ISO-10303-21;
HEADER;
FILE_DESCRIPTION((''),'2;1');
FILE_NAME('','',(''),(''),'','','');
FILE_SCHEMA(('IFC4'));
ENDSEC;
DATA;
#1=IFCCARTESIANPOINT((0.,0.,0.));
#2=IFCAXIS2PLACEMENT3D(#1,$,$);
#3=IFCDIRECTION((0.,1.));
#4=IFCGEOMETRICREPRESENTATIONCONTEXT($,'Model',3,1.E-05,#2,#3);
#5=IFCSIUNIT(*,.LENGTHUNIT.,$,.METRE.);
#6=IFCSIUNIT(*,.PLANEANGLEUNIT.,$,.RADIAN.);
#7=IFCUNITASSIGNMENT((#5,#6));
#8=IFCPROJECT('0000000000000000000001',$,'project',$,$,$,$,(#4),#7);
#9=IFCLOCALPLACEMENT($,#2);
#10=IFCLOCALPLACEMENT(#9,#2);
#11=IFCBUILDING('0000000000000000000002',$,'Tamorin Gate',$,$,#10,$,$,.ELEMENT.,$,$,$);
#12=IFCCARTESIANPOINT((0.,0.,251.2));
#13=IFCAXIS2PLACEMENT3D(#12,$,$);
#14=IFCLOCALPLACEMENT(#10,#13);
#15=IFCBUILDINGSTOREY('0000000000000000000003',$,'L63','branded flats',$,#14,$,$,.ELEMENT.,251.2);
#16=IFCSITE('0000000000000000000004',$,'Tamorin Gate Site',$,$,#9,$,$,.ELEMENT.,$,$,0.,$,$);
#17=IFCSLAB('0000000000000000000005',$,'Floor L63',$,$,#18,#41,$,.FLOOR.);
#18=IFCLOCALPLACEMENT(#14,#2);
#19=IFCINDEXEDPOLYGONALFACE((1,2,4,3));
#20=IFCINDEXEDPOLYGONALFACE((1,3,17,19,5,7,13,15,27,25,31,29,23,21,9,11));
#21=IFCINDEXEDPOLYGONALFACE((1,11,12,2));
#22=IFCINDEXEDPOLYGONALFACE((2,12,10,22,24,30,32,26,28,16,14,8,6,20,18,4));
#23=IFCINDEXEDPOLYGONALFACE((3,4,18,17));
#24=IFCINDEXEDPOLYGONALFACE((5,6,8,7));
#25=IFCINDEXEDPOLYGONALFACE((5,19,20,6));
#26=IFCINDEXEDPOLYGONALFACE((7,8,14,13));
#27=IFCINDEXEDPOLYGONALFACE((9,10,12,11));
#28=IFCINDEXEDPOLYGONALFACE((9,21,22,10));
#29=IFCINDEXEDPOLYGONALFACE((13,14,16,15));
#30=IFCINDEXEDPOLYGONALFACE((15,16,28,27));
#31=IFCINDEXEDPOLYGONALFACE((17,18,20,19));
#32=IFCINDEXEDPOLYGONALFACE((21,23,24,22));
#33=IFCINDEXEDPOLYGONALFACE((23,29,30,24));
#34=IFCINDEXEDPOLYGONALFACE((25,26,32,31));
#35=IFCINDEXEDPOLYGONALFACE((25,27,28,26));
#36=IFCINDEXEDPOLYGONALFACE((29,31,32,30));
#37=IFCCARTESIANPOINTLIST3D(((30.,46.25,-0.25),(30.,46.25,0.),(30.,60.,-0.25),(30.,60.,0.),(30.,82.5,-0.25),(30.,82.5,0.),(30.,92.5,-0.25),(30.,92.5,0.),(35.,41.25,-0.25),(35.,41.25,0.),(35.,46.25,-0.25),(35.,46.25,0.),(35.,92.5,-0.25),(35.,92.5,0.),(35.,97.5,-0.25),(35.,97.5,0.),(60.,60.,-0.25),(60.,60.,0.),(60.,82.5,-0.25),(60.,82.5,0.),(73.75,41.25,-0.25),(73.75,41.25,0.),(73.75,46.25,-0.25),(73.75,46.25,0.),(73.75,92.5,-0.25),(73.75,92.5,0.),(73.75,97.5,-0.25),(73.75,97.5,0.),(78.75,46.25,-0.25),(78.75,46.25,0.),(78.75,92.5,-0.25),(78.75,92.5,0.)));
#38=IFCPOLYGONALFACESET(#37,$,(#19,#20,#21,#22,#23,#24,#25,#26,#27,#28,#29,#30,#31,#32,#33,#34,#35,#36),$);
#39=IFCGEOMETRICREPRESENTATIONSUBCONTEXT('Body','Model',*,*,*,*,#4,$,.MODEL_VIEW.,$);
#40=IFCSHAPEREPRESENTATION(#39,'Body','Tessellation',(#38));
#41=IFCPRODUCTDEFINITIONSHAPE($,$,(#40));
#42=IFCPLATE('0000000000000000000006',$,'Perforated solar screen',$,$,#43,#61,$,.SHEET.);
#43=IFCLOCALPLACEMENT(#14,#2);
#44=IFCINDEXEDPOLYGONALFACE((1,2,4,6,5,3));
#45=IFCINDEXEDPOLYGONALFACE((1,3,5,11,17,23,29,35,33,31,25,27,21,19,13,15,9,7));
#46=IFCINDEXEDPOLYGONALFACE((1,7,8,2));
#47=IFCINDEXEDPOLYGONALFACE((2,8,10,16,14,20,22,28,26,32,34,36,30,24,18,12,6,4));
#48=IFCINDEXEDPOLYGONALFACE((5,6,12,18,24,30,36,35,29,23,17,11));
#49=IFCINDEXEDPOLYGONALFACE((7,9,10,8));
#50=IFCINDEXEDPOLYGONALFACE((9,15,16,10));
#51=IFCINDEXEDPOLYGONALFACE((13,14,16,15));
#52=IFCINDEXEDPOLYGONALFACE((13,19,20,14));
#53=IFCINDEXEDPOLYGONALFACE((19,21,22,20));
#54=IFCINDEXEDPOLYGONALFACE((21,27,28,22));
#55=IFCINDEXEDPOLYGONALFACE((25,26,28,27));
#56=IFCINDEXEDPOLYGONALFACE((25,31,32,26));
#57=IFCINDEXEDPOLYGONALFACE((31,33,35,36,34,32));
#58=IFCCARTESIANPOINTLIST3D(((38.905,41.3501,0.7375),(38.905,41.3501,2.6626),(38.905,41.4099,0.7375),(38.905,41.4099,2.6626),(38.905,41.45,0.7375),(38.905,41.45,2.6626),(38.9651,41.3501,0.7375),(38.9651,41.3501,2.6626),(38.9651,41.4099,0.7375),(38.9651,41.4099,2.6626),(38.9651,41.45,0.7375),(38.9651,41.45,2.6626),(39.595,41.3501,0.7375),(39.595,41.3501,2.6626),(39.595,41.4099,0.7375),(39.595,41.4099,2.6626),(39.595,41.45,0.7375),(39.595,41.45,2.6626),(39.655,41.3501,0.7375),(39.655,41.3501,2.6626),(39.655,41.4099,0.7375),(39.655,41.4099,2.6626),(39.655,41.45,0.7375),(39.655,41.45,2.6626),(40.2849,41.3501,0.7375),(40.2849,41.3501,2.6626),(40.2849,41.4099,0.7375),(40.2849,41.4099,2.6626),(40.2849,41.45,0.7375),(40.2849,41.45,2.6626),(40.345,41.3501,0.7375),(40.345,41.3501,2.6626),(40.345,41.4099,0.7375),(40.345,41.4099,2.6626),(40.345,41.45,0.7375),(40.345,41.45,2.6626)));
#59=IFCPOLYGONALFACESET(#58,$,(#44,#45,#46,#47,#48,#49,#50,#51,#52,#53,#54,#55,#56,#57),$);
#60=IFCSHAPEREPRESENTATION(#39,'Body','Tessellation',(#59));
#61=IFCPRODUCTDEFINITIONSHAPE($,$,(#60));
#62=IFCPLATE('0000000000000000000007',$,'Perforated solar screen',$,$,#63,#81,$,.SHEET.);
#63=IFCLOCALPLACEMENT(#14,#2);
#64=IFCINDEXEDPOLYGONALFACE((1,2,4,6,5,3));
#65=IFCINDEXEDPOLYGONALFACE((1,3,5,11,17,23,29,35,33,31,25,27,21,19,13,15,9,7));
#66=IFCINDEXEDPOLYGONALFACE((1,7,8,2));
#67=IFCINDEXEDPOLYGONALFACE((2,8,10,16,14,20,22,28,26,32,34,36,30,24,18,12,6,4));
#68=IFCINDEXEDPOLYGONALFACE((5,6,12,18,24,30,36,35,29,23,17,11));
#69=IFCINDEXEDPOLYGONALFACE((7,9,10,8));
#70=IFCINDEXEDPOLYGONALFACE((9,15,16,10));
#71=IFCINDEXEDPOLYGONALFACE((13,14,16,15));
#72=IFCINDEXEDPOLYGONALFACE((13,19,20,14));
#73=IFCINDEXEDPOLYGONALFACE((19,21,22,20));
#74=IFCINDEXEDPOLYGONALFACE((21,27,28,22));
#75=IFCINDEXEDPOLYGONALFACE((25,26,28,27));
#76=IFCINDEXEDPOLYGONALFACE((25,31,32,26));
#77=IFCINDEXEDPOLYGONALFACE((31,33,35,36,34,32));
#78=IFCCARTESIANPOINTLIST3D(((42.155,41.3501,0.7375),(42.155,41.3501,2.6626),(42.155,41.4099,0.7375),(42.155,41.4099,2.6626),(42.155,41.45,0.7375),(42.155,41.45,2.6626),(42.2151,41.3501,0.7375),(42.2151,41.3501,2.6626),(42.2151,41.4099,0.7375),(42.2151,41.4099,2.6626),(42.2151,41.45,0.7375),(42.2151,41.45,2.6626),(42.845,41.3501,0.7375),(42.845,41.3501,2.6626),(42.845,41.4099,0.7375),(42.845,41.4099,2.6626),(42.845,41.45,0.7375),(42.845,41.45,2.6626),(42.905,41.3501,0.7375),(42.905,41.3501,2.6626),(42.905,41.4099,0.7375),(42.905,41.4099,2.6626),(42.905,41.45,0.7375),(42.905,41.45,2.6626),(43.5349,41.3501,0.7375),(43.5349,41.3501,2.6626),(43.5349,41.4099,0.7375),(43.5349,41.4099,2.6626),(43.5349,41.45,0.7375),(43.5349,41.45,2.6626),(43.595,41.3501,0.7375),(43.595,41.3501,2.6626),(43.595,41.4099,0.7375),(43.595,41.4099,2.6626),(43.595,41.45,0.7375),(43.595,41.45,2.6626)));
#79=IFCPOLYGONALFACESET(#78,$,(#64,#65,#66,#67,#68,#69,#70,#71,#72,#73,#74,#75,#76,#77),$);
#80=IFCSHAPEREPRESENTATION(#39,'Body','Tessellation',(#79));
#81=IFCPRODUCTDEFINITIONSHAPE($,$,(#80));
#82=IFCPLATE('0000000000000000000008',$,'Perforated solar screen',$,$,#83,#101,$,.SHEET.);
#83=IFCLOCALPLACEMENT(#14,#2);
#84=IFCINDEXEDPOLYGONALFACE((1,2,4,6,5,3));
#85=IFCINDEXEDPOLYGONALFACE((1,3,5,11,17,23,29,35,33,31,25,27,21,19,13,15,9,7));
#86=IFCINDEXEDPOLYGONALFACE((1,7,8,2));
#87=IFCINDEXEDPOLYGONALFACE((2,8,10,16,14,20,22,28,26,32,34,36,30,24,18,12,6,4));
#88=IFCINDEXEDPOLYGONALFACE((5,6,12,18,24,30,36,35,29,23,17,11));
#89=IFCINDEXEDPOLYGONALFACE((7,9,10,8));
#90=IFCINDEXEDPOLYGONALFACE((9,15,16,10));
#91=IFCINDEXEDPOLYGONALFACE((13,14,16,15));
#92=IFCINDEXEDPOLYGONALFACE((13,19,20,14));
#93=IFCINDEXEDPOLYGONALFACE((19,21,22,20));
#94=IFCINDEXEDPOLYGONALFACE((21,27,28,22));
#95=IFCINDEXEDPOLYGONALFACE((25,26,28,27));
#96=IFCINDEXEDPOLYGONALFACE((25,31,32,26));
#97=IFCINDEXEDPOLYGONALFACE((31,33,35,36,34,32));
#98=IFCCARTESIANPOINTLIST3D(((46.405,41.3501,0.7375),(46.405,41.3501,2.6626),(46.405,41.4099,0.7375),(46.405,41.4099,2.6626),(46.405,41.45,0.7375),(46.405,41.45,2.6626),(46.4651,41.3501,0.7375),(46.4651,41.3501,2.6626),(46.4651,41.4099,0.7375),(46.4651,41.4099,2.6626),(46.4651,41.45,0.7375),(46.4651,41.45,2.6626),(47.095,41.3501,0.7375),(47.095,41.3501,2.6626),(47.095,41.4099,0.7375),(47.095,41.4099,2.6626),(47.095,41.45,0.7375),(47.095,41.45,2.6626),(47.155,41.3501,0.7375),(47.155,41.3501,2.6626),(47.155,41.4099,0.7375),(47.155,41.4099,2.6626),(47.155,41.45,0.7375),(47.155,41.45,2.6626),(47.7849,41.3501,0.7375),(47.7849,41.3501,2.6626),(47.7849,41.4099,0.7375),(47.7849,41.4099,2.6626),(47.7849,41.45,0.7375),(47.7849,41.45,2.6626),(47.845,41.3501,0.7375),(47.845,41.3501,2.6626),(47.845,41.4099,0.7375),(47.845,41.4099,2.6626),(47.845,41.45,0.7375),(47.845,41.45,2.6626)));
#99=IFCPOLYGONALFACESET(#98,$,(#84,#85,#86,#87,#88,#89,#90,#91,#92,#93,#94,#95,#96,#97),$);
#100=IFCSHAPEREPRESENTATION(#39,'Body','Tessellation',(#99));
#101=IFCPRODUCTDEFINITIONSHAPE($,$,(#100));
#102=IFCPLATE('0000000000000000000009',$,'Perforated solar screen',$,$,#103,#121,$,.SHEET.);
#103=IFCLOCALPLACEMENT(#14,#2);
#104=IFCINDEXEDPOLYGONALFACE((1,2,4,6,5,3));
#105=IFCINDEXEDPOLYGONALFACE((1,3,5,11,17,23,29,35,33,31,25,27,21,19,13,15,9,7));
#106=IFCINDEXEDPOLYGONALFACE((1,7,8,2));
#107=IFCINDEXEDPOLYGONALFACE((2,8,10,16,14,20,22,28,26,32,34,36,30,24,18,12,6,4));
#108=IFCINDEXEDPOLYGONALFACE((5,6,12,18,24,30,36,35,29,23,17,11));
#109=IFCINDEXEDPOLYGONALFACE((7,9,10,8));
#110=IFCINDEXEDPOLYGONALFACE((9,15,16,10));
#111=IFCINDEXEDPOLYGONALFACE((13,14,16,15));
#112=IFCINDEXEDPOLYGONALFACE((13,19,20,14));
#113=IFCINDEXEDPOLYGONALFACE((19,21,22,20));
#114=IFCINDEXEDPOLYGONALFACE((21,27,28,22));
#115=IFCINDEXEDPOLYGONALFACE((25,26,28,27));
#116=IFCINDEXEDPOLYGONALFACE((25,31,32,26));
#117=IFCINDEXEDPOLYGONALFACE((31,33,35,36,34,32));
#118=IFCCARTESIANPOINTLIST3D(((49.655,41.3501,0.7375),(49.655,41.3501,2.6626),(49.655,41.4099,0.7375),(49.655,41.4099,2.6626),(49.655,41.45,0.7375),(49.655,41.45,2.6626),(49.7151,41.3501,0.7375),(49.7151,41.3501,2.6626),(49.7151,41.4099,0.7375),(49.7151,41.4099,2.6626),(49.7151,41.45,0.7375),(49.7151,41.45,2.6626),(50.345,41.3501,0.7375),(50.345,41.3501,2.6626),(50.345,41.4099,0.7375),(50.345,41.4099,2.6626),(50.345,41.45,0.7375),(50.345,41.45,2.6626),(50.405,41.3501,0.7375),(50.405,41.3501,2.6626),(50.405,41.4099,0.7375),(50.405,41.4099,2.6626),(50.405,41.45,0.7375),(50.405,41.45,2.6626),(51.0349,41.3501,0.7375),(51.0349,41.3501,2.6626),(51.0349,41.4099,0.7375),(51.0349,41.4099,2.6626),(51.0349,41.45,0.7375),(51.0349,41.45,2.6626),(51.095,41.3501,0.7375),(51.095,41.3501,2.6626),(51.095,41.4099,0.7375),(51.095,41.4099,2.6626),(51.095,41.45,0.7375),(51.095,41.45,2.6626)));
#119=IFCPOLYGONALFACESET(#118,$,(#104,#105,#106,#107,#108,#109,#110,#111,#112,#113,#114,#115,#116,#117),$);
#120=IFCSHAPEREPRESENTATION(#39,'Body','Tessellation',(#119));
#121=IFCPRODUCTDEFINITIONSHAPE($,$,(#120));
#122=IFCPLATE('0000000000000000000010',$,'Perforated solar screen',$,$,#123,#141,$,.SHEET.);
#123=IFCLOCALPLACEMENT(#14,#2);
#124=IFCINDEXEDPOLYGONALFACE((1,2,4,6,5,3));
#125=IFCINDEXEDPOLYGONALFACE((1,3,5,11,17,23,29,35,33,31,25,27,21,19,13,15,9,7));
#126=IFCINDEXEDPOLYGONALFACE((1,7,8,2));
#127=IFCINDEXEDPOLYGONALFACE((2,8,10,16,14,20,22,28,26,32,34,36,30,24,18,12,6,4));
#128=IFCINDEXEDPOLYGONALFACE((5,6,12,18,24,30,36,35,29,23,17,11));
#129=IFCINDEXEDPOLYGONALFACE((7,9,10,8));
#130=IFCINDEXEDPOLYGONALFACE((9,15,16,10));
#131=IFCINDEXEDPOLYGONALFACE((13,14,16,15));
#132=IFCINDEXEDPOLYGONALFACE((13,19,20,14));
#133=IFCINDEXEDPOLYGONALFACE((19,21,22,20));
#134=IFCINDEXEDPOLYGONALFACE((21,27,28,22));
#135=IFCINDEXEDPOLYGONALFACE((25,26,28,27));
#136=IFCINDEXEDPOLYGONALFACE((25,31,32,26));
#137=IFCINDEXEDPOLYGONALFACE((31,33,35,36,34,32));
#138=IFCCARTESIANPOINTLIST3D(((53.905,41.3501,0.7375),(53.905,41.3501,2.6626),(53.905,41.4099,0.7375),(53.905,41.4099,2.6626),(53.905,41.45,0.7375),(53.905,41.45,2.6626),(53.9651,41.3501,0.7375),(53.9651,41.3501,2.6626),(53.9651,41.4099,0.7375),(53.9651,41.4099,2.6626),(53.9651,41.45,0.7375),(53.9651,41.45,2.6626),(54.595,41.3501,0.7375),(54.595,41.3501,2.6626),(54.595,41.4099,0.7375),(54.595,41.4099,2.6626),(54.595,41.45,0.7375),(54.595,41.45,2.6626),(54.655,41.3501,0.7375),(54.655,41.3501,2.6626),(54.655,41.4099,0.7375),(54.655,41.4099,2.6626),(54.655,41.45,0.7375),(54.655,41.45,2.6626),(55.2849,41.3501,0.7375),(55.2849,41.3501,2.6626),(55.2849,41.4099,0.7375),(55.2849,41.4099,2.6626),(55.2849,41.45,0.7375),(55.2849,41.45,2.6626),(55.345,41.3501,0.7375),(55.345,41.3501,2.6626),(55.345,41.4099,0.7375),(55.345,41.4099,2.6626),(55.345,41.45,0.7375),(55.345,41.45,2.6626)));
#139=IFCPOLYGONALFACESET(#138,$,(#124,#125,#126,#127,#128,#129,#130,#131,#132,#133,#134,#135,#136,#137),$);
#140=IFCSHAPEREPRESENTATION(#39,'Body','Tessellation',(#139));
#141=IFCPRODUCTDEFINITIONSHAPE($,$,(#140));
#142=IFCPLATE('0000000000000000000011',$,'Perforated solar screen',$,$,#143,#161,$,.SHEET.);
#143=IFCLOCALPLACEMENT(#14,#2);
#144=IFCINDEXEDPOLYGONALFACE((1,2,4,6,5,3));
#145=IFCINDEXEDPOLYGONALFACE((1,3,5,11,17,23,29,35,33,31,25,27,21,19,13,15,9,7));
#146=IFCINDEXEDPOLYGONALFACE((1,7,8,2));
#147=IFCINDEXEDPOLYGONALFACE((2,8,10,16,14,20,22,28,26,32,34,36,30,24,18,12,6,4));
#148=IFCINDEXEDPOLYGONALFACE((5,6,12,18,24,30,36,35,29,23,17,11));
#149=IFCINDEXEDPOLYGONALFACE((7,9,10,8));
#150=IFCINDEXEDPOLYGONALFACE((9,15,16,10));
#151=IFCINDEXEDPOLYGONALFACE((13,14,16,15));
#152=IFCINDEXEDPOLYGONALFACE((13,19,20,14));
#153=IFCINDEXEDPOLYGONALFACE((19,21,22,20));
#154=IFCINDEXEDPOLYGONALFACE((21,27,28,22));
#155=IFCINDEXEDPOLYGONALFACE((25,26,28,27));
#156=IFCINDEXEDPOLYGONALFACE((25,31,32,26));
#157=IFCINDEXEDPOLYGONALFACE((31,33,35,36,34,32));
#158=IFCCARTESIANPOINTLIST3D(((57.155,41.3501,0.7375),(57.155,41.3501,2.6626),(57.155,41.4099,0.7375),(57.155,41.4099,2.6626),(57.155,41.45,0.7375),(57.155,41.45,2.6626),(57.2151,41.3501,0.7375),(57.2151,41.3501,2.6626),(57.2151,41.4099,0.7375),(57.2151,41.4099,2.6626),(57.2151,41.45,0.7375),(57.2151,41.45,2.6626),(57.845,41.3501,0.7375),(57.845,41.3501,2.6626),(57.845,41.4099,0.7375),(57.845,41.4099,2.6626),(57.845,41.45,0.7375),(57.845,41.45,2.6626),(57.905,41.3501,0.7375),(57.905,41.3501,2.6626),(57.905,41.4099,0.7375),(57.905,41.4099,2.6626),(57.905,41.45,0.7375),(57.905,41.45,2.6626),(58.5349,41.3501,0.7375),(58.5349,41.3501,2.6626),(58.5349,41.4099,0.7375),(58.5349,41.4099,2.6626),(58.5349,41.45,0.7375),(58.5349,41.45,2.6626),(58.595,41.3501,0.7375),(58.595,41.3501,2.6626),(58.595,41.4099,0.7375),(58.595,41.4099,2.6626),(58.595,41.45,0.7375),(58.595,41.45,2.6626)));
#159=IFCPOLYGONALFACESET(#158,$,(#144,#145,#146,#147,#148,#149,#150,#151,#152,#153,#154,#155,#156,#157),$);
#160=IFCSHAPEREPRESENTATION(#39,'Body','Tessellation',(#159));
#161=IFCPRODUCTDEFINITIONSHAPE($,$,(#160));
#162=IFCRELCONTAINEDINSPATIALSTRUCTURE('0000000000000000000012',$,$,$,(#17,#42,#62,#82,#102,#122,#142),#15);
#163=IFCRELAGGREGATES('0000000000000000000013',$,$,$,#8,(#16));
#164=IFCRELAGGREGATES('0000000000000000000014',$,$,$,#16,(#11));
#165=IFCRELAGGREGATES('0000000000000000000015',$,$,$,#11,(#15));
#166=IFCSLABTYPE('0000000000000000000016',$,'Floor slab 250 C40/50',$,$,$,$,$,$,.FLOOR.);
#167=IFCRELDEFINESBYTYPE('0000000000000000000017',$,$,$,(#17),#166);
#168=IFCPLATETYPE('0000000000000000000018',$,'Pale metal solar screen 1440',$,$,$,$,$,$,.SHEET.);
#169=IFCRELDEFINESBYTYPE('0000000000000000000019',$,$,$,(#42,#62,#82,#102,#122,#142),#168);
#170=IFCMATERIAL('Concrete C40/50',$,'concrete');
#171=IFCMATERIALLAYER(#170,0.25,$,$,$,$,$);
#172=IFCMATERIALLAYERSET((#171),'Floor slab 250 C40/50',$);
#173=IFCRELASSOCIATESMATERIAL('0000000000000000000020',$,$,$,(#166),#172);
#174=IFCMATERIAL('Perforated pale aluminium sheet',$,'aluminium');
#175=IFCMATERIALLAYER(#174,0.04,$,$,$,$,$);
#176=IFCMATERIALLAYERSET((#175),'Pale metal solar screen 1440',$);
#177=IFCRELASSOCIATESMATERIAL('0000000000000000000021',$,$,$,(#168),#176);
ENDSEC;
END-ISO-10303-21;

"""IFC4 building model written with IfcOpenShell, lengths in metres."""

from ifc_helpers import new_model, si_unit, direction, frame, origin, place, context, subcontext, project, spatial, polyline, outline, extrude, material, layer, layer_set, type_object, element, save


model = new_model("IFC4")

# Units and contexts
model_context = context("Model", 3, precision=1e-05, world=origin(), true_north=direction((0.0, 1.0)))
body_context = subcontext(model_context, "Body", "Model", "MODEL_VIEW")
ifc_project = project(units=[si_unit("LENGTHUNIT", "METRE"), si_unit("PLANEANGLEUNIT", "RADIAN")], contexts=[model_context])

# Site, building, storey
site_placement = place(None, origin())
site = spatial("IfcSite", under=ifc_project, at=site_placement, Name="Tamorin Gate Site", CompositionType="ELEMENT", RefElevation=0.0)
building_placement = place(site_placement, origin())
building = spatial("IfcBuilding", under=site, at=building_placement, Name="Tamorin Gate", CompositionType="ELEMENT")
storey_placement = place(building_placement, frame((0.0, 0.0, 251.2)))
storey = spatial("IfcBuildingStorey", under=building, at=storey_placement, Name="L63", Description="branded flats", CompositionType="ELEMENT", Elevation=251.2)

# Slab
ifc_material_1 = material(Name="Concrete C40/50", Category="concrete")
ifc_layer_1 = layer(ifc_material_1, 0.25)
ifc_layer_set_1 = layer_set([ifc_layer_1], Name="Floor slab 250 C40/50")
slab_type = type_object("IfcSlabType", Name="Floor slab 250 C40/50", PredefinedType="FLOOR", material=ifc_layer_set_1)
slab_placement = place(storey_placement, frame((0.0, 0.0, -0.25)))
element("IfcSlab", 1, at=slab_placement, inside=storey, type_object=slab_type, Name="Floor L63", PredefinedType="FLOOR", context=body_context, shape_type="SweptSolid", body=[
    extrude(outline(polyline([(30.0, 92.5), (35.0, 92.5), (35.0, 97.5), (73.75, 97.5), (73.75, 92.5), (78.75, 92.5), (78.75, 46.25), (73.75, 46.25), (73.75, 41.25), (35.0, 41.25), (35.0, 46.25), (30.0, 46.25), (30.0, 60.0), (60.0, 60.0), (60.0, 82.5), (30.0, 82.5), (30.0, 92.5)])), origin(), (0.0, 0.0, 1.0), 0.25),
])

# Plates
ifc_material_2 = material(Name="Perforated pale aluminium sheet", Category="aluminium")
ifc_layer_2 = layer(ifc_material_2, 0.04)
ifc_layer_set_2 = layer_set([ifc_layer_2], Name="Pale metal solar screen 1440")
plate_type = type_object("IfcPlateType", Name="Pale metal solar screen 1440", PredefinedType="SHEET", material=ifc_layer_set_2)
plate_1_placement = place(storey_placement, frame((0.0, 0.0, 0.7375)))
element("IfcPlate", 2, at=plate_1_placement, inside=storey, type_object=plate_type, Name="Perforated solar screen", PredefinedType="SHEET", context=body_context, shape_type="SweptSolid", body=[
    extrude(outline(polyline([(38.905, 41.4099), (38.905, 41.45), (38.9651, 41.45), (39.595, 41.45), (39.655, 41.45), (40.2849, 41.45), (40.345, 41.45), (40.345, 41.45), (40.345, 41.4099), (40.345, 41.4099), (40.345, 41.3501), (40.2849, 41.3501), (40.2849, 41.4099), (39.655, 41.4099), (39.655, 41.3501), (39.595, 41.3501), (39.595, 41.4099), (38.9651, 41.4099), (38.9651, 41.3501), (38.905, 41.3501), (38.905, 41.4099)])), origin(), (0.0, 0.0, 1.0), 1.925),
])
plate_2_placement = place(storey_placement, frame((0.0, 0.0, 0.7375)))
element("IfcPlate", 3, at=plate_2_placement, inside=storey, type_object=plate_type, Name="Perforated solar screen", PredefinedType="SHEET", context=body_context, shape_type="SweptSolid", body=[
    extrude(outline(polyline([(42.155, 41.4099), (42.155, 41.45), (42.2151, 41.45), (42.845, 41.45), (42.905, 41.45), (43.5349, 41.45), (43.595, 41.45), (43.595, 41.4099), (43.595, 41.3501), (43.5349, 41.3501), (43.5349, 41.4099), (42.905, 41.4099), (42.905, 41.3501), (42.845, 41.3501), (42.845, 41.4099), (42.2151, 41.4099), (42.2151, 41.3501), (42.155, 41.3501), (42.155, 41.4099)])), origin(), (0.0, 0.0, 1.0), 1.925),
])
plate_3_placement = place(storey_placement, frame((0.0, 0.0, 0.7375)))
element("IfcPlate", 4, at=plate_3_placement, inside=storey, type_object=plate_type, Name="Perforated solar screen", PredefinedType="SHEET", context=body_context, shape_type="SweptSolid", body=[
    extrude(outline(polyline([(46.405, 41.4099), (46.405, 41.45), (46.4651, 41.45), (47.095, 41.45), (47.155, 41.45), (47.7849, 41.45), (47.845, 41.45), (47.845, 41.4099), (47.845, 41.3501), (47.7849, 41.3501), (47.7849, 41.4099), (47.155, 41.4099), (47.155, 41.3501), (47.095, 41.3501), (47.095, 41.4099), (46.4651, 41.4099), (46.4651, 41.3501), (46.405, 41.3501), (46.405, 41.4099)])), origin(), (0.0, 0.0, 1.0), 1.925),
])
plate_4_placement = place(storey_placement, frame((0.0, 0.0, 0.7375)))
element("IfcPlate", 5, at=plate_4_placement, inside=storey, type_object=plate_type, Name="Perforated solar screen", PredefinedType="SHEET", context=body_context, shape_type="SweptSolid", body=[
    extrude(outline(polyline([(49.655, 41.4099), (49.655, 41.45), (49.7151, 41.45), (50.345, 41.45), (50.405, 41.45), (51.0349, 41.45), (51.095, 41.45), (51.095, 41.4099), (51.095, 41.3501), (51.0349, 41.3501), (51.0349, 41.4099), (50.405, 41.4099), (50.405, 41.3501), (50.345, 41.3501), (50.345, 41.4099), (49.7151, 41.4099), (49.7151, 41.3501), (49.655, 41.3501), (49.655, 41.4099)])), origin(), (0.0, 0.0, 1.0), 1.925),
])
plate_5_placement = place(storey_placement, frame((0.0, 0.0, 0.7375)))
element("IfcPlate", 6, at=plate_5_placement, inside=storey, type_object=plate_type, Name="Perforated solar screen", PredefinedType="SHEET", context=body_context, shape_type="SweptSolid", body=[
    extrude(outline(polyline([(53.905, 41.4099), (53.905, 41.45), (53.9651, 41.45), (54.595, 41.45), (54.655, 41.45), (55.2849, 41.45), (55.345, 41.45), (55.345, 41.4099), (55.345, 41.3501), (55.2849, 41.3501), (55.2849, 41.4099), (54.655, 41.4099), (54.655, 41.3501), (54.595, 41.3501), (54.595, 41.4099), (53.9651, 41.4099), (53.9651, 41.3501), (53.905, 41.3501), (53.905, 41.4099)])), origin(), (0.0, 0.0, 1.0), 1.925),
])
plate_6_placement = place(storey_placement, frame((0.0, 0.0, 0.7375)))
element("IfcPlate", 7, at=plate_6_placement, inside=storey, type_object=plate_type, Name="Perforated solar screen", PredefinedType="SHEET", context=body_context, shape_type="SweptSolid", body=[
    extrude(outline(polyline([(57.155, 41.4099), (57.155, 41.45), (57.2151, 41.45), (57.845, 41.45), (57.905, 41.45), (58.5349, 41.45), (58.595, 41.45), (58.595, 41.4099), (58.595, 41.3501), (58.5349, 41.3501), (58.5349, 41.4099), (57.905, 41.4099), (57.905, 41.3501), (57.845, 41.3501), (57.845, 41.4099), (57.2151, 41.4099), (57.2151, 41.3501), (57.155, 41.3501), (57.155, 41.4099)])), origin(), (0.0, 0.0, 1.0), 1.925),
])

save(model, "model.ifc")
